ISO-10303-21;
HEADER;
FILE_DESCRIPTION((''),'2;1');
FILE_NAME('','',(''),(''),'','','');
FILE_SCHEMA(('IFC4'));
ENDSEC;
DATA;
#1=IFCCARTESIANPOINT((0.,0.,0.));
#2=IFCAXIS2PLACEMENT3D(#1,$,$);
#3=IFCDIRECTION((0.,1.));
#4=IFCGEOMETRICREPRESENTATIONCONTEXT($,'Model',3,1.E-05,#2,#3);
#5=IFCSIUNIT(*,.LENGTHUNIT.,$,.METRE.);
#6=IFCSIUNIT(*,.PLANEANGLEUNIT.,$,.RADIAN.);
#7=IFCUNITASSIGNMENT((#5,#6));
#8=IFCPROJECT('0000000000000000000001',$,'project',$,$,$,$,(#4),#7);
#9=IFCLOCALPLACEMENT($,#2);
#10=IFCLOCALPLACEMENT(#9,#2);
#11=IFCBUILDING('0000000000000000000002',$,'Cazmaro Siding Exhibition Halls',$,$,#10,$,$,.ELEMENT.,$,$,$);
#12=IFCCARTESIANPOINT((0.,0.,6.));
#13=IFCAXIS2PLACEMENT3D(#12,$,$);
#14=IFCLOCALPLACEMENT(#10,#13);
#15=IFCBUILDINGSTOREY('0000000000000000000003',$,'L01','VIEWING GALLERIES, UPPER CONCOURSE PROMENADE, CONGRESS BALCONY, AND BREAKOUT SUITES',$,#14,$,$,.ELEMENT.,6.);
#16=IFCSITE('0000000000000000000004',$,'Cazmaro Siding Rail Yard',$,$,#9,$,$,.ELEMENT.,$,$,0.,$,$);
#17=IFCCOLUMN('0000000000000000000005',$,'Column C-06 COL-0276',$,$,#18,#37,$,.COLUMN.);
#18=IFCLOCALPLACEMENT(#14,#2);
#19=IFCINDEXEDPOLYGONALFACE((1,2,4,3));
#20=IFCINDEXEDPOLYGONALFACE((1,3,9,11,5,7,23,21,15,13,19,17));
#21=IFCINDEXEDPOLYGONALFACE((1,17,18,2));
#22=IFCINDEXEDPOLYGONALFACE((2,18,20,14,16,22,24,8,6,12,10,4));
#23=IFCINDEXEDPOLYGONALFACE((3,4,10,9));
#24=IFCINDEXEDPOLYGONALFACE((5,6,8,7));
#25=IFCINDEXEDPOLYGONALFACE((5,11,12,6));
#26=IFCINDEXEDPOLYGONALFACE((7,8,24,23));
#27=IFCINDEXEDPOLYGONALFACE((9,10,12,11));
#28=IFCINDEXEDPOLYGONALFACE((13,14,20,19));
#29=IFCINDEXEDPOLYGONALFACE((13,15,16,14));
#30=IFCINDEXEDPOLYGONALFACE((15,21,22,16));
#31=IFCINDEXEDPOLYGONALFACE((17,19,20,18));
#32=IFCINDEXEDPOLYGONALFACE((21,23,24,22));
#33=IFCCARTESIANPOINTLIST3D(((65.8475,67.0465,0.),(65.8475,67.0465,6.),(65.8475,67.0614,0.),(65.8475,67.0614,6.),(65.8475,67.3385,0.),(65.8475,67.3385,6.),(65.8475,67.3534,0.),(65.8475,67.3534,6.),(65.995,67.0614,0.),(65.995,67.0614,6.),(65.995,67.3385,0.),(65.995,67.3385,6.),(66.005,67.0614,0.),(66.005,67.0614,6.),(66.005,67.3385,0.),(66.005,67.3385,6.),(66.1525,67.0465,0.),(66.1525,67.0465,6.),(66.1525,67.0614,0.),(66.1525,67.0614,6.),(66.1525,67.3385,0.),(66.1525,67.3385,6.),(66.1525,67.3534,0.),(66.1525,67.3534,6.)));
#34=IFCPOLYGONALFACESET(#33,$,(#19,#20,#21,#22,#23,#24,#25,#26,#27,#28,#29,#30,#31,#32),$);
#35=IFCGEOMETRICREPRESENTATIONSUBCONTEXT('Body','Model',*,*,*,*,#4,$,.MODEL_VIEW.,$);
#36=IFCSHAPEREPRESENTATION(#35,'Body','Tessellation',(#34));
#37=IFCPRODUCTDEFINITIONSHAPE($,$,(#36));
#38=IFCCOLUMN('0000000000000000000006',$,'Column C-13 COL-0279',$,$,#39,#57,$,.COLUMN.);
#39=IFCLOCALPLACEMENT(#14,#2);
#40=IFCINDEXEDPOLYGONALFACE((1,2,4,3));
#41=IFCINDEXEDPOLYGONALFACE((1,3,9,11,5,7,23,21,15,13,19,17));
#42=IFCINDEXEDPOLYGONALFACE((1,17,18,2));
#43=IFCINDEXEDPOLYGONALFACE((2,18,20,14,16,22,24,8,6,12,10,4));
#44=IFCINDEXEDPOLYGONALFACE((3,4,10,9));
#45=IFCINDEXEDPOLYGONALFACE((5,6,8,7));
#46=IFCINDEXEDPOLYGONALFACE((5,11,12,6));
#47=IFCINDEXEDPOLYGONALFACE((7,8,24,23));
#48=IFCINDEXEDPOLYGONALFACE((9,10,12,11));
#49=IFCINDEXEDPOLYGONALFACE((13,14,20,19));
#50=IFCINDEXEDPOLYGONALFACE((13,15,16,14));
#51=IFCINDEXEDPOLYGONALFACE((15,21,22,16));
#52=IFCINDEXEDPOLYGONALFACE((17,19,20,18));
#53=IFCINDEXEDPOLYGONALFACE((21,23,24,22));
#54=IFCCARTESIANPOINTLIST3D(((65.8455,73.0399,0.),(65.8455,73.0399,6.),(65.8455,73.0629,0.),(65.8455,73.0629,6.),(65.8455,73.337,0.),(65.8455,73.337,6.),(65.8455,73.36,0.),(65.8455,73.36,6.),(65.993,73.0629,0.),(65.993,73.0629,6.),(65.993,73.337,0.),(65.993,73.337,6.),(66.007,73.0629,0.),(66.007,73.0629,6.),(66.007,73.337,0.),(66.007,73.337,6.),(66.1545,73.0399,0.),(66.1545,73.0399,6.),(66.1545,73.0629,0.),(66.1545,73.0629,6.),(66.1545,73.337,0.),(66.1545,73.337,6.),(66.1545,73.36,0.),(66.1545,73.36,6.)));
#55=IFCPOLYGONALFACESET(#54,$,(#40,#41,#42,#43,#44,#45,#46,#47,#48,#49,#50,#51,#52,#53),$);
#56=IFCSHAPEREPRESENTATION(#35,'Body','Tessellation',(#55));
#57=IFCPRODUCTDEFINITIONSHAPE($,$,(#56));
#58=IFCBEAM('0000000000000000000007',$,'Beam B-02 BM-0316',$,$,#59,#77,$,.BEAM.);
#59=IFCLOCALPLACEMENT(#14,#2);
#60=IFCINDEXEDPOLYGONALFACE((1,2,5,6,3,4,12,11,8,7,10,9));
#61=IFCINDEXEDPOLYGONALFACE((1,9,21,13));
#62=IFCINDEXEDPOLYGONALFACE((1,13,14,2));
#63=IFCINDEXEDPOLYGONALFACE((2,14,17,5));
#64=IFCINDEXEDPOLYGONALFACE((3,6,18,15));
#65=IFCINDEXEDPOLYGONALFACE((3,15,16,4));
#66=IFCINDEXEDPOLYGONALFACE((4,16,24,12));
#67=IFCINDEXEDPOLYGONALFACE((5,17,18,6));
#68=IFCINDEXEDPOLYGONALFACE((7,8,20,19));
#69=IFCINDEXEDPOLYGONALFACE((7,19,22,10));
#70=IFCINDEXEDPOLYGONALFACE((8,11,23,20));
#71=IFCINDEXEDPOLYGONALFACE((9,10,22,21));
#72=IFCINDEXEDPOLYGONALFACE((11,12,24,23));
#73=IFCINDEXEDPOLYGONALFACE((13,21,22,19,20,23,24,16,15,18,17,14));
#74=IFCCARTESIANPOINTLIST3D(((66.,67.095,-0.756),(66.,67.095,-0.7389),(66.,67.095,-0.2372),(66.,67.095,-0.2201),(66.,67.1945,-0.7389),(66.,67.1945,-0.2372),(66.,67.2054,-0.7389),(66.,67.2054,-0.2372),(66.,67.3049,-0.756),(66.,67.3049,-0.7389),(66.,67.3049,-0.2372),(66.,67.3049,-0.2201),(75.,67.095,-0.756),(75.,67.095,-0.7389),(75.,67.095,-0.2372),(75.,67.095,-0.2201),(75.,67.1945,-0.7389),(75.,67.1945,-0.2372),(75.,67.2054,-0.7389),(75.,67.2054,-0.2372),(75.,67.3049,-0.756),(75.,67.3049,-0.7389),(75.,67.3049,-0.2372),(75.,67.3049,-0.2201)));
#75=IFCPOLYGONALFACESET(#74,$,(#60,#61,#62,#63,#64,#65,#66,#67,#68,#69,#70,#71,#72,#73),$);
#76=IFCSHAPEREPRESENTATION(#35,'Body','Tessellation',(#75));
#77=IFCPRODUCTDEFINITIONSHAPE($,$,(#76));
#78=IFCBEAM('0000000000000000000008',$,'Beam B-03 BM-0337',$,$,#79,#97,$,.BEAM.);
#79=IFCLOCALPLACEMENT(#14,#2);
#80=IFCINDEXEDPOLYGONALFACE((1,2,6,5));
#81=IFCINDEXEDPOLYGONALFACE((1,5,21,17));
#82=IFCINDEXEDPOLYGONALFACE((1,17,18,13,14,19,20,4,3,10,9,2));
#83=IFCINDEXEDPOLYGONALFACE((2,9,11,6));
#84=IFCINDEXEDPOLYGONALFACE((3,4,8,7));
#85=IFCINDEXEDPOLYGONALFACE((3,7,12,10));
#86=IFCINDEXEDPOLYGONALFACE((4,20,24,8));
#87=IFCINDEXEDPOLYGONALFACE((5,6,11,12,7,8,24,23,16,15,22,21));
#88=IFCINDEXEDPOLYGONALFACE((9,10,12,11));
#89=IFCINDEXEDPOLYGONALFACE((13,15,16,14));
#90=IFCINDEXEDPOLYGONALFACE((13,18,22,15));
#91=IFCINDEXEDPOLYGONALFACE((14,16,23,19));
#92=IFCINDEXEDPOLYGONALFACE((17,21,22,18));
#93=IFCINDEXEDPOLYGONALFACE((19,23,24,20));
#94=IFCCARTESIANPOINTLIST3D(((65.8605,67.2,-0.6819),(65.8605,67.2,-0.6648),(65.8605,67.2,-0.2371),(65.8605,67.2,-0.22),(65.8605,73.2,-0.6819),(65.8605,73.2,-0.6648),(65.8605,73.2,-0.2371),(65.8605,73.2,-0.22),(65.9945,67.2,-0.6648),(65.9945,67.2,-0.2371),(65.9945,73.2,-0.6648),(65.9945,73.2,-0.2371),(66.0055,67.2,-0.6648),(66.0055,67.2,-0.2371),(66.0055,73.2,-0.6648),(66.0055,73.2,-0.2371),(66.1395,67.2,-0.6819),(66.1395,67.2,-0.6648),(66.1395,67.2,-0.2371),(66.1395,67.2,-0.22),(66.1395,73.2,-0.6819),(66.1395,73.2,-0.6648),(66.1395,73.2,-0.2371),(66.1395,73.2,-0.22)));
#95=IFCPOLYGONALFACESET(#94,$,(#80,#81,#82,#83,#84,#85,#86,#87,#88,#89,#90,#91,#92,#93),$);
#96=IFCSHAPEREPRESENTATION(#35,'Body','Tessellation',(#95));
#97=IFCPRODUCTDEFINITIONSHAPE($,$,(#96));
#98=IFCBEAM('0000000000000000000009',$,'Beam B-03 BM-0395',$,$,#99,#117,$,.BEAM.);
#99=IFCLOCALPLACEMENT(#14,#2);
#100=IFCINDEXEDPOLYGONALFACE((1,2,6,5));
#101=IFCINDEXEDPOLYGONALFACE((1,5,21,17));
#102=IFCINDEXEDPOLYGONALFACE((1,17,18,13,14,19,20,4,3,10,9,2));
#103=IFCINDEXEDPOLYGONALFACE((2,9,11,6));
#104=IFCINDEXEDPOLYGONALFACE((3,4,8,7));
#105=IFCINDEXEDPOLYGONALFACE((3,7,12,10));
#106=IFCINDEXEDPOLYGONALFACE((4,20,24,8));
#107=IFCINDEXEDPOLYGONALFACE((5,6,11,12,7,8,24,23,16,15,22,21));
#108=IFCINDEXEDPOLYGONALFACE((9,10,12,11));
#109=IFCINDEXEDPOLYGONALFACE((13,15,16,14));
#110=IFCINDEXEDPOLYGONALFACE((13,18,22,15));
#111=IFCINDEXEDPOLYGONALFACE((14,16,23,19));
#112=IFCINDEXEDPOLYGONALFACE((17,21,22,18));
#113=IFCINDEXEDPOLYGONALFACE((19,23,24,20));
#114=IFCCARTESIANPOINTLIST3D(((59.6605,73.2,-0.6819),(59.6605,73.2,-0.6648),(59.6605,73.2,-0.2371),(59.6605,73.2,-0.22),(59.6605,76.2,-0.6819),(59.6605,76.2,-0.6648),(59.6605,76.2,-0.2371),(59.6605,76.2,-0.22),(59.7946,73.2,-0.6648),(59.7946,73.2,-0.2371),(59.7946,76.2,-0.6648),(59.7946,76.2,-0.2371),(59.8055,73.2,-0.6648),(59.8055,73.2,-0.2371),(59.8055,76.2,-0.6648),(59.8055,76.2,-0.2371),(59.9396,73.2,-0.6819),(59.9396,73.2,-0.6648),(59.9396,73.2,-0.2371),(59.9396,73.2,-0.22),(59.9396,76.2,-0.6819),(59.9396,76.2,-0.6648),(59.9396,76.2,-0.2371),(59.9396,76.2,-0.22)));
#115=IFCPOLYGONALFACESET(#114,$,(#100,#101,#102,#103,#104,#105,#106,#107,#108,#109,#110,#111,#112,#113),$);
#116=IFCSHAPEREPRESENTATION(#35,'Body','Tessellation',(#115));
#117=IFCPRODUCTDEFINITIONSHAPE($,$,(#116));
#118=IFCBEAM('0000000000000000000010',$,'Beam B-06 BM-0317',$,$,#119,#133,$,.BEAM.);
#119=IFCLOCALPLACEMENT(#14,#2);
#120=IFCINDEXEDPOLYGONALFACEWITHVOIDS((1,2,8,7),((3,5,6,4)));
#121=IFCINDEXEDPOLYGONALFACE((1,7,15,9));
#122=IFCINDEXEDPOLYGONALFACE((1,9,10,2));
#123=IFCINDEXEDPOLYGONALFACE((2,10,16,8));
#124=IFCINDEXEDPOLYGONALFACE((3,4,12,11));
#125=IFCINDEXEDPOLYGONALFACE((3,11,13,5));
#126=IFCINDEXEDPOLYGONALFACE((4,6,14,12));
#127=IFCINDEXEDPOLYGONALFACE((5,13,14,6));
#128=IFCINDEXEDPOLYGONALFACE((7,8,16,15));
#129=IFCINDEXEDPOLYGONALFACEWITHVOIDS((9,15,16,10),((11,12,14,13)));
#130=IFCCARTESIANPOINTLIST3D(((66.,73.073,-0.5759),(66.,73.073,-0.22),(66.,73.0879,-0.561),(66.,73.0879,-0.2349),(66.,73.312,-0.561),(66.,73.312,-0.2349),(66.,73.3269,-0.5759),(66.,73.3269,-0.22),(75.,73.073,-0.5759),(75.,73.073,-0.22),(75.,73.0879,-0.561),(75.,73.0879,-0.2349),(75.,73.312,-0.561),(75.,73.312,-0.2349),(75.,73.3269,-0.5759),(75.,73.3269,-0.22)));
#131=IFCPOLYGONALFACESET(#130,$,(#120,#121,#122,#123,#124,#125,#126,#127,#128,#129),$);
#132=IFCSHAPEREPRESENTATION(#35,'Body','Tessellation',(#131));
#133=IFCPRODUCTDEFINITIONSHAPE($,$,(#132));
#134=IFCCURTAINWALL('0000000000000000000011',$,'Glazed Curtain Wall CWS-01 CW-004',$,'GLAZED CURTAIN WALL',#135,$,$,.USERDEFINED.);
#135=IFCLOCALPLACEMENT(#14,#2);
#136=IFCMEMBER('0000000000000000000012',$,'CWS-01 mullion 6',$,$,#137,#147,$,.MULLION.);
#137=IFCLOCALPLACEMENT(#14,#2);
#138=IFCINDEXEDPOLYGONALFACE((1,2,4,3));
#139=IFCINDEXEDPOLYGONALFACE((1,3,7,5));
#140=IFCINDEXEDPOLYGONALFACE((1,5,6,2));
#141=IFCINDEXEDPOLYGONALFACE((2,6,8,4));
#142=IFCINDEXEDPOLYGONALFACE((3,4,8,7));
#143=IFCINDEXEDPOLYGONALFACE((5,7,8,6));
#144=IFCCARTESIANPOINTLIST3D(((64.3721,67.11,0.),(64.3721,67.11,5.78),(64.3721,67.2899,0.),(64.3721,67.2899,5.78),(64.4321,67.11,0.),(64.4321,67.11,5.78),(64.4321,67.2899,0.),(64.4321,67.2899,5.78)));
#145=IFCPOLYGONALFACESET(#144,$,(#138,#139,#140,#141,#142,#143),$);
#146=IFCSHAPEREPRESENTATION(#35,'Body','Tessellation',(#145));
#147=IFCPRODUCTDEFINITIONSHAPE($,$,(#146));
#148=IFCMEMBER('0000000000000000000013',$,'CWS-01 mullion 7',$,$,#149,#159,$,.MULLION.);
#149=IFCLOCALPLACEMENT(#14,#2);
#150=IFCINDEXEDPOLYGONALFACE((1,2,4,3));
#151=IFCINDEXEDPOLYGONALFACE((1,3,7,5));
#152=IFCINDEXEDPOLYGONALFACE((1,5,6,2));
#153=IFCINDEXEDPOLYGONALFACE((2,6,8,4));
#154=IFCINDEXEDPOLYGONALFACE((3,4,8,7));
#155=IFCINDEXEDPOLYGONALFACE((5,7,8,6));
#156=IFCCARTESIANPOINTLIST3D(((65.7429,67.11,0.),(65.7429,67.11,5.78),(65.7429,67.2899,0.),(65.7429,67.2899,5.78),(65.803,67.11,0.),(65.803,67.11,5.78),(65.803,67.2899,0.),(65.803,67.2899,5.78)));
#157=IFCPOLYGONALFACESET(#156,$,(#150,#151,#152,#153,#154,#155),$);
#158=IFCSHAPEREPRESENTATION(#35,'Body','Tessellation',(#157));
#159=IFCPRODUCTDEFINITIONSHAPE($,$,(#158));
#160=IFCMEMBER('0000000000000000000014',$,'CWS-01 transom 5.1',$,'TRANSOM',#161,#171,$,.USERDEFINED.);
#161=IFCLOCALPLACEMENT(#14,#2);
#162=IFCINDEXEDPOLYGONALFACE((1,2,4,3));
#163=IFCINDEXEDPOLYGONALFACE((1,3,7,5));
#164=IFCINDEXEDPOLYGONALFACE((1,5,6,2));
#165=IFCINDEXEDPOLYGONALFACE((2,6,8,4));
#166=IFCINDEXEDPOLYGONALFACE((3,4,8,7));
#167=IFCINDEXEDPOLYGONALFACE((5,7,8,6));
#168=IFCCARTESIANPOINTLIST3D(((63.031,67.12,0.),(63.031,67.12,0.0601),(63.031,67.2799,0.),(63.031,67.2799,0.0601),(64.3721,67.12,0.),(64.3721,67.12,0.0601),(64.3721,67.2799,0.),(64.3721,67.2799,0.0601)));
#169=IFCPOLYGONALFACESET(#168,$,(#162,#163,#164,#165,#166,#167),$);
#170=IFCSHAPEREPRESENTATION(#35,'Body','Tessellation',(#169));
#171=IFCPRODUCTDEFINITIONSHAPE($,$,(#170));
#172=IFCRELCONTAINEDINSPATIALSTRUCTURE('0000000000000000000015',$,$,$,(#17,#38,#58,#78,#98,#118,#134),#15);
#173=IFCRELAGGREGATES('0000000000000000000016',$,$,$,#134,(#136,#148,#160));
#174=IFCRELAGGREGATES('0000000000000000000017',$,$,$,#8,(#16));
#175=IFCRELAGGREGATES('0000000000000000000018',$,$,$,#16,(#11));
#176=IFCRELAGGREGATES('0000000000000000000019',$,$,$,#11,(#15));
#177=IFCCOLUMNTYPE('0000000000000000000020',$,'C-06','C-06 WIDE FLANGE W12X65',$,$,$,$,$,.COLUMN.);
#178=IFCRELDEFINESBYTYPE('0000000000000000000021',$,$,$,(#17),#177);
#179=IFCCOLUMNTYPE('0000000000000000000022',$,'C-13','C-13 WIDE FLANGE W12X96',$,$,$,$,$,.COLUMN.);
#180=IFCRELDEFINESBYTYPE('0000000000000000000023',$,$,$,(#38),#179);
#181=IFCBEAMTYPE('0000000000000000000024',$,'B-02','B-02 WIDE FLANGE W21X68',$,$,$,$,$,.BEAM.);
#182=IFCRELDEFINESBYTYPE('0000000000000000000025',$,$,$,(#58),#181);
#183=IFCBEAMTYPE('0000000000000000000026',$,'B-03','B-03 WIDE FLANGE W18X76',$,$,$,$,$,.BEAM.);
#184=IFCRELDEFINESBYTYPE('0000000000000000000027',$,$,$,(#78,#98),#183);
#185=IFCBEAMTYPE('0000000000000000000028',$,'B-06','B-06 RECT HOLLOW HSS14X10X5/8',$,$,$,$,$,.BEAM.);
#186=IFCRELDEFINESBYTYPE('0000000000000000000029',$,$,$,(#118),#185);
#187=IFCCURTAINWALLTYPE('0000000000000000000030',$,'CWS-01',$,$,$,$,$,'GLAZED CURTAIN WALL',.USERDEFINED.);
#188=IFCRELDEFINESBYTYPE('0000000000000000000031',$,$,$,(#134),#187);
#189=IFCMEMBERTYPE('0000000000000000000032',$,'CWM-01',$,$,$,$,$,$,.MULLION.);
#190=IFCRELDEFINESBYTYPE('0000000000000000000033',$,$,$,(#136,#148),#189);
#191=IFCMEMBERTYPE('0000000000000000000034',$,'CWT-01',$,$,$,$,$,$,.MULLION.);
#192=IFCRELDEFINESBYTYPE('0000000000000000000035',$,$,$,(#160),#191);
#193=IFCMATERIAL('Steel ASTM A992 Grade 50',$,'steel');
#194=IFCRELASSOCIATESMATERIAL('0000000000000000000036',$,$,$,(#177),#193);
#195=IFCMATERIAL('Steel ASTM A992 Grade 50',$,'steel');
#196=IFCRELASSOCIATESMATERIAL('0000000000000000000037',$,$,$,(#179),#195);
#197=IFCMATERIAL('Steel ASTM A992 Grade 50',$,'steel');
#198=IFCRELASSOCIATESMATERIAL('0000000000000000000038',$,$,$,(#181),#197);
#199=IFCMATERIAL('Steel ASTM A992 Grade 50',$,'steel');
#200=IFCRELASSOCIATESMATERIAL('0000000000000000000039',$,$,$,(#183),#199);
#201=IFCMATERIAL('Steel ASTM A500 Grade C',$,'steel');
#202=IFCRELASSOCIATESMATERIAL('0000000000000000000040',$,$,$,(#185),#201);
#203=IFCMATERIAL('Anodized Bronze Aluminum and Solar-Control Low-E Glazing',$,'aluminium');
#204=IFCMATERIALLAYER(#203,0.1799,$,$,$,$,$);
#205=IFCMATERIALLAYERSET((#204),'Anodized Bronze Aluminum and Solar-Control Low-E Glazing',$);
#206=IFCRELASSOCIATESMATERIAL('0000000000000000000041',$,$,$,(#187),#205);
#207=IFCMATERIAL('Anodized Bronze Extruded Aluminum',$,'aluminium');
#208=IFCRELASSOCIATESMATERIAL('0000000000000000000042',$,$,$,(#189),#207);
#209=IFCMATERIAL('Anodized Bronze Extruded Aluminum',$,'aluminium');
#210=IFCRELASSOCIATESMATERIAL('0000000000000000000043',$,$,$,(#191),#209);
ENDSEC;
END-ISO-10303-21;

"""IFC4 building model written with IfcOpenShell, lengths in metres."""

from ifc_helpers import new_model, si_unit, direction, frame, origin, origin_2d, place, context, subcontext, project, spatial, rectangle, hollow_rectangle, i_section, extrude, material, layer, layer_set, material_profile, profile_set, type_object, element, aggregate, save


model = new_model("IFC4")

# Units and contexts
model_context = context("Model", 3, precision=1e-05, world=origin(), true_north=direction((0.0, 1.0)))
body_context = subcontext(model_context, "Body", "Model", "MODEL_VIEW")
ifc_project = project(units=[si_unit("LENGTHUNIT", "METRE"), si_unit("PLANEANGLEUNIT", "RADIAN")], contexts=[model_context])

# Site, building, storey
site_placement = place(None, origin())
site = spatial("IfcSite", under=ifc_project, at=site_placement, Name="Cazmaro Siding Rail Yard", CompositionType="ELEMENT", RefElevation=0.0)
building_placement = place(site_placement, origin())
building = spatial("IfcBuilding", under=site, at=building_placement, Name="Cazmaro Siding Exhibition Halls", CompositionType="ELEMENT")
storey_placement = place(building_placement, frame((0.0, 0.0, 6.0)))
storey = spatial("IfcBuildingStorey", under=building, at=storey_placement, Name="L01", Description="VIEWING GALLERIES, UPPER CONCOURSE PROMENADE, CONGRESS BALCONY, AND BREAKOUT SUITES", CompositionType="ELEMENT", Elevation=6.0)

# Columns
ifc_material_1 = material(Name="Steel ASTM A992 Grade 50", Category="steel")
ifc_material_profile_1 = material_profile(ifc_material_1, i_section(OverallWidth=0.3049, OverallDepth=0.3069, WebThickness=0.01, FlangeThickness=0.0149, at=origin_2d()), Name="W12X65")
ifc_profile_set_1 = profile_set([ifc_material_profile_1], Name="Steel ASTM A992 Grade 50")
column_type_1 = type_object("IfcColumnType", Name="C-06", Description="C-06 WIDE FLANGE W12X65", PredefinedType="COLUMN", material=ifc_profile_set_1)
column_1_placement = place(storey_placement, frame((66.0, 67.2, 0.0), z_axis=(0.0, 0.0, 1.0), x_axis=(1.0, 0.0, 0.0)))
element("IfcColumn", 1, at=column_1_placement, inside=storey, type_object=column_type_1, Name="Column C-06 COL-0276", PredefinedType="COLUMN", context=body_context, shape_type="SweptSolid", body=[
    extrude(i_section(OverallWidth=0.3049, OverallDepth=0.3069, WebThickness=0.01, FlangeThickness=0.0149, at=origin_2d()), origin(), (0.0, 0.0, 1.0), 6.0),
])
ifc_material_2 = material(Name="Steel ASTM A992 Grade 50", Category="steel")
ifc_material_profile_2 = material_profile(ifc_material_2, i_section(OverallWidth=0.3091, OverallDepth=0.3201, WebThickness=0.0139, FlangeThickness=0.0229, at=origin_2d()), Name="W12X96")
ifc_profile_set_2 = profile_set([ifc_material_profile_2], Name="Steel ASTM A992 Grade 50")
column_type_2 = type_object("IfcColumnType", Name="C-13", Description="C-13 WIDE FLANGE W12X96", PredefinedType="COLUMN", material=ifc_profile_set_2)
column_2_placement = place(storey_placement, frame((66.0, 73.2, 0.0), z_axis=(0.0, 0.0, 1.0), x_axis=(1.0, 0.0, 0.0)))
element("IfcColumn", 2, at=column_2_placement, inside=storey, type_object=column_type_2, Name="Column C-13 COL-0279", PredefinedType="COLUMN", context=body_context, shape_type="SweptSolid", body=[
    extrude(i_section(OverallWidth=0.3091, OverallDepth=0.3201, WebThickness=0.0139, FlangeThickness=0.0229, at=origin_2d()), origin(), (0.0, 0.0, 1.0), 6.0),
])

# Beams
ifc_material_3 = material(Name="Steel ASTM A992 Grade 50", Category="steel")
ifc_material_profile_3 = material_profile(ifc_material_3, i_section(OverallWidth=0.21, OverallDepth=0.5359, WebThickness=0.011, FlangeThickness=0.0171, at=origin_2d()), Name="W21X68")
ifc_profile_set_3 = profile_set([ifc_material_profile_3], Name="Steel ASTM A992 Grade 50")
beam_type_1 = type_object("IfcBeamType", Name="B-02", Description="B-02 WIDE FLANGE W21X68", PredefinedType="BEAM", material=ifc_profile_set_3)
beam_1_placement = place(storey_placement, frame((66.0, 67.2, -0.488), z_axis=(1.0, 0.0, 0.0), x_axis=(0.0, 1.0, 0.0)))
element("IfcBeam", 3, at=beam_1_placement, inside=storey, type_object=beam_type_1, Name="Beam B-02 BM-0316", PredefinedType="BEAM", context=body_context, shape_type="SweptSolid", body=[
    extrude(i_section(OverallWidth=0.21, OverallDepth=0.5359, WebThickness=0.011, FlangeThickness=0.0171, at=origin_2d()), origin(), (0.0, 0.0, 1.0), 9.0),
])
ifc_material_4 = material(Name="Steel ASTM A992 Grade 50", Category="steel")
ifc_material_profile_4 = material_profile(ifc_material_4, i_section(OverallWidth=0.2791, OverallDepth=0.4619, WebThickness=0.011, FlangeThickness=0.0171, at=origin_2d()), Name="W18X76")
ifc_profile_set_4 = profile_set([ifc_material_profile_4], Name="Steel ASTM A992 Grade 50")
beam_type_2 = type_object("IfcBeamType", Name="B-03", Description="B-03 WIDE FLANGE W18X76", PredefinedType="BEAM", material=ifc_profile_set_4)
beam_2_placement = place(storey_placement, frame((66.0, 67.2, -0.4509), z_axis=(0.0, 1.0, 0.0), x_axis=(-1.0, 0.0, 0.0)))
element("IfcBeam", 4, at=beam_2_placement, inside=storey, type_object=beam_type_2, Name="Beam B-03 BM-0337", PredefinedType="BEAM", context=body_context, shape_type="SweptSolid", body=[
    extrude(i_section(OverallWidth=0.2791, OverallDepth=0.4619, WebThickness=0.011, FlangeThickness=0.0171, at=origin_2d()), origin(), (0.0, 0.0, 1.0), 6.0),
])
beam_3_placement = place(storey_placement, frame((59.8, 73.2, -0.4509), z_axis=(0.0, 1.0, 0.0), x_axis=(-1.0, 0.0, 0.0)))
element("IfcBeam", 5, at=beam_3_placement, inside=storey, type_object=beam_type_2, Name="Beam B-03 BM-0395", PredefinedType="BEAM", context=body_context, shape_type="SweptSolid", body=[
    extrude(i_section(OverallWidth=0.2791, OverallDepth=0.4619, WebThickness=0.011, FlangeThickness=0.0171, at=origin_2d()), origin(), (0.0, 0.0, 1.0), 3.0),
])
ifc_material_5 = material(Name="Steel ASTM A500 Grade C", Category="steel")
ifc_material_profile_5 = material_profile(ifc_material_5, hollow_rectangle(XDim=0.2539, YDim=0.356, WallThickness=0.0149, at=origin_2d()), Name="HSS14X10X5/8")
ifc_profile_set_5 = profile_set([ifc_material_profile_5], Name="Steel ASTM A500 Grade C")
beam_type_3 = type_object("IfcBeamType", Name="B-06", Description="B-06 RECT HOLLOW HSS14X10X5/8", PredefinedType="BEAM", material=ifc_profile_set_5)
beam_4_placement = place(storey_placement, frame((66.0, 73.2, -0.3979), z_axis=(1.0, 0.0, 0.0), x_axis=(0.0, 1.0, 0.0)))
element("IfcBeam", 6, at=beam_4_placement, inside=storey, type_object=beam_type_3, Name="Beam B-06 BM-0317", PredefinedType="BEAM", context=body_context, shape_type="SweptSolid", body=[
    extrude(hollow_rectangle(XDim=0.2539, YDim=0.356, WallThickness=0.0149, at=origin_2d()), origin(), (0.0, 0.0, 1.0), 9.0),
])

# Curtain wall, members
ifc_material_6 = material(Name="Anodized Bronze Aluminum and Solar-Control Low-E Glazing", Category="aluminium")
ifc_layer_1 = layer(ifc_material_6, 0.1799)
ifc_layer_set_1 = layer_set([ifc_layer_1], Name="Anodized Bronze Aluminum and Solar-Control Low-E Glazing")
curtain_wall_type = type_object("IfcCurtainWallType", Name="CWS-01", ElementType="GLAZED CURTAIN WALL", PredefinedType="USERDEFINED", material=ifc_layer_set_1)
curtain_wall_placement = place(storey_placement, origin())
curtain_wall = element("IfcCurtainWall", 7, at=curtain_wall_placement, inside=storey, type_object=curtain_wall_type, Name="Glazed Curtain Wall CWS-01 CW-004", ObjectType="GLAZED CURTAIN WALL", PredefinedType="USERDEFINED")
ifc_material_7 = material(Name="Anodized Bronze Extruded Aluminum", Category="aluminium")
ifc_material_profile_6 = material_profile(ifc_material_7, rectangle(XDim=0.1799, YDim=0.0601, at=origin_2d()), Name="CWM-01")
ifc_profile_set_6 = profile_set([ifc_material_profile_6], Name="Anodized Bronze Extruded Aluminum")
member_type_1 = type_object("IfcMemberType", Name="CWM-01", PredefinedType="MULLION", material=ifc_profile_set_6)
member_1_placement = place(storey_placement, frame((64.4021, 67.2, 0.0), z_axis=(0.0, 0.0, 1.0), x_axis=(0.0, 1.0, 0.0)))
member_1 = element("IfcMember", 8, at=member_1_placement, type_object=member_type_1, Name="CWS-01 mullion 6", PredefinedType="MULLION", context=body_context, shape_type="SweptSolid", body=[
    extrude(rectangle(XDim=0.1799, YDim=0.0601, at=origin_2d()), origin(), (0.0, 0.0, 1.0), 5.78),
])
member_2_placement = place(storey_placement, frame((65.7729, 67.2, 0.0), z_axis=(0.0, 0.0, 1.0), x_axis=(0.0, 1.0, 0.0)))
member_2 = element("IfcMember", 9, at=member_2_placement, type_object=member_type_1, Name="CWS-01 mullion 7", PredefinedType="MULLION", context=body_context, shape_type="SweptSolid", body=[
    extrude(rectangle(XDim=0.1799, YDim=0.0601, at=origin_2d()), origin(), (0.0, 0.0, 1.0), 5.78),
])
ifc_material_8 = material(Name="Anodized Bronze Extruded Aluminum", Category="aluminium")
ifc_material_profile_7 = material_profile(ifc_material_8, rectangle(XDim=0.1599, YDim=0.0601, at=origin_2d()), Name="CWT-01")
ifc_profile_set_7 = profile_set([ifc_material_profile_7], Name="Anodized Bronze Extruded Aluminum")
member_type_2 = type_object("IfcMemberType", Name="CWT-01", PredefinedType="MULLION", material=ifc_profile_set_7)
member_3_placement = place(storey_placement, frame((63.031, 67.2, 0.03), z_axis=(1.0, 0.0, 0.0), x_axis=(0.0, 1.0, 0.0)))
member_3 = element("IfcMember", 10, at=member_3_placement, type_object=member_type_2, Name="CWS-01 transom 5.1", ObjectType="TRANSOM", PredefinedType="USERDEFINED", context=body_context, shape_type="SweptSolid", body=[
    extrude(rectangle(XDim=0.1599, YDim=0.0601, at=origin_2d()), origin(), (0.0, 0.0, 1.0), 1.3411),
])
aggregate(curtain_wall, [member_1, member_2, member_3])

save(model, "model.ifc")
